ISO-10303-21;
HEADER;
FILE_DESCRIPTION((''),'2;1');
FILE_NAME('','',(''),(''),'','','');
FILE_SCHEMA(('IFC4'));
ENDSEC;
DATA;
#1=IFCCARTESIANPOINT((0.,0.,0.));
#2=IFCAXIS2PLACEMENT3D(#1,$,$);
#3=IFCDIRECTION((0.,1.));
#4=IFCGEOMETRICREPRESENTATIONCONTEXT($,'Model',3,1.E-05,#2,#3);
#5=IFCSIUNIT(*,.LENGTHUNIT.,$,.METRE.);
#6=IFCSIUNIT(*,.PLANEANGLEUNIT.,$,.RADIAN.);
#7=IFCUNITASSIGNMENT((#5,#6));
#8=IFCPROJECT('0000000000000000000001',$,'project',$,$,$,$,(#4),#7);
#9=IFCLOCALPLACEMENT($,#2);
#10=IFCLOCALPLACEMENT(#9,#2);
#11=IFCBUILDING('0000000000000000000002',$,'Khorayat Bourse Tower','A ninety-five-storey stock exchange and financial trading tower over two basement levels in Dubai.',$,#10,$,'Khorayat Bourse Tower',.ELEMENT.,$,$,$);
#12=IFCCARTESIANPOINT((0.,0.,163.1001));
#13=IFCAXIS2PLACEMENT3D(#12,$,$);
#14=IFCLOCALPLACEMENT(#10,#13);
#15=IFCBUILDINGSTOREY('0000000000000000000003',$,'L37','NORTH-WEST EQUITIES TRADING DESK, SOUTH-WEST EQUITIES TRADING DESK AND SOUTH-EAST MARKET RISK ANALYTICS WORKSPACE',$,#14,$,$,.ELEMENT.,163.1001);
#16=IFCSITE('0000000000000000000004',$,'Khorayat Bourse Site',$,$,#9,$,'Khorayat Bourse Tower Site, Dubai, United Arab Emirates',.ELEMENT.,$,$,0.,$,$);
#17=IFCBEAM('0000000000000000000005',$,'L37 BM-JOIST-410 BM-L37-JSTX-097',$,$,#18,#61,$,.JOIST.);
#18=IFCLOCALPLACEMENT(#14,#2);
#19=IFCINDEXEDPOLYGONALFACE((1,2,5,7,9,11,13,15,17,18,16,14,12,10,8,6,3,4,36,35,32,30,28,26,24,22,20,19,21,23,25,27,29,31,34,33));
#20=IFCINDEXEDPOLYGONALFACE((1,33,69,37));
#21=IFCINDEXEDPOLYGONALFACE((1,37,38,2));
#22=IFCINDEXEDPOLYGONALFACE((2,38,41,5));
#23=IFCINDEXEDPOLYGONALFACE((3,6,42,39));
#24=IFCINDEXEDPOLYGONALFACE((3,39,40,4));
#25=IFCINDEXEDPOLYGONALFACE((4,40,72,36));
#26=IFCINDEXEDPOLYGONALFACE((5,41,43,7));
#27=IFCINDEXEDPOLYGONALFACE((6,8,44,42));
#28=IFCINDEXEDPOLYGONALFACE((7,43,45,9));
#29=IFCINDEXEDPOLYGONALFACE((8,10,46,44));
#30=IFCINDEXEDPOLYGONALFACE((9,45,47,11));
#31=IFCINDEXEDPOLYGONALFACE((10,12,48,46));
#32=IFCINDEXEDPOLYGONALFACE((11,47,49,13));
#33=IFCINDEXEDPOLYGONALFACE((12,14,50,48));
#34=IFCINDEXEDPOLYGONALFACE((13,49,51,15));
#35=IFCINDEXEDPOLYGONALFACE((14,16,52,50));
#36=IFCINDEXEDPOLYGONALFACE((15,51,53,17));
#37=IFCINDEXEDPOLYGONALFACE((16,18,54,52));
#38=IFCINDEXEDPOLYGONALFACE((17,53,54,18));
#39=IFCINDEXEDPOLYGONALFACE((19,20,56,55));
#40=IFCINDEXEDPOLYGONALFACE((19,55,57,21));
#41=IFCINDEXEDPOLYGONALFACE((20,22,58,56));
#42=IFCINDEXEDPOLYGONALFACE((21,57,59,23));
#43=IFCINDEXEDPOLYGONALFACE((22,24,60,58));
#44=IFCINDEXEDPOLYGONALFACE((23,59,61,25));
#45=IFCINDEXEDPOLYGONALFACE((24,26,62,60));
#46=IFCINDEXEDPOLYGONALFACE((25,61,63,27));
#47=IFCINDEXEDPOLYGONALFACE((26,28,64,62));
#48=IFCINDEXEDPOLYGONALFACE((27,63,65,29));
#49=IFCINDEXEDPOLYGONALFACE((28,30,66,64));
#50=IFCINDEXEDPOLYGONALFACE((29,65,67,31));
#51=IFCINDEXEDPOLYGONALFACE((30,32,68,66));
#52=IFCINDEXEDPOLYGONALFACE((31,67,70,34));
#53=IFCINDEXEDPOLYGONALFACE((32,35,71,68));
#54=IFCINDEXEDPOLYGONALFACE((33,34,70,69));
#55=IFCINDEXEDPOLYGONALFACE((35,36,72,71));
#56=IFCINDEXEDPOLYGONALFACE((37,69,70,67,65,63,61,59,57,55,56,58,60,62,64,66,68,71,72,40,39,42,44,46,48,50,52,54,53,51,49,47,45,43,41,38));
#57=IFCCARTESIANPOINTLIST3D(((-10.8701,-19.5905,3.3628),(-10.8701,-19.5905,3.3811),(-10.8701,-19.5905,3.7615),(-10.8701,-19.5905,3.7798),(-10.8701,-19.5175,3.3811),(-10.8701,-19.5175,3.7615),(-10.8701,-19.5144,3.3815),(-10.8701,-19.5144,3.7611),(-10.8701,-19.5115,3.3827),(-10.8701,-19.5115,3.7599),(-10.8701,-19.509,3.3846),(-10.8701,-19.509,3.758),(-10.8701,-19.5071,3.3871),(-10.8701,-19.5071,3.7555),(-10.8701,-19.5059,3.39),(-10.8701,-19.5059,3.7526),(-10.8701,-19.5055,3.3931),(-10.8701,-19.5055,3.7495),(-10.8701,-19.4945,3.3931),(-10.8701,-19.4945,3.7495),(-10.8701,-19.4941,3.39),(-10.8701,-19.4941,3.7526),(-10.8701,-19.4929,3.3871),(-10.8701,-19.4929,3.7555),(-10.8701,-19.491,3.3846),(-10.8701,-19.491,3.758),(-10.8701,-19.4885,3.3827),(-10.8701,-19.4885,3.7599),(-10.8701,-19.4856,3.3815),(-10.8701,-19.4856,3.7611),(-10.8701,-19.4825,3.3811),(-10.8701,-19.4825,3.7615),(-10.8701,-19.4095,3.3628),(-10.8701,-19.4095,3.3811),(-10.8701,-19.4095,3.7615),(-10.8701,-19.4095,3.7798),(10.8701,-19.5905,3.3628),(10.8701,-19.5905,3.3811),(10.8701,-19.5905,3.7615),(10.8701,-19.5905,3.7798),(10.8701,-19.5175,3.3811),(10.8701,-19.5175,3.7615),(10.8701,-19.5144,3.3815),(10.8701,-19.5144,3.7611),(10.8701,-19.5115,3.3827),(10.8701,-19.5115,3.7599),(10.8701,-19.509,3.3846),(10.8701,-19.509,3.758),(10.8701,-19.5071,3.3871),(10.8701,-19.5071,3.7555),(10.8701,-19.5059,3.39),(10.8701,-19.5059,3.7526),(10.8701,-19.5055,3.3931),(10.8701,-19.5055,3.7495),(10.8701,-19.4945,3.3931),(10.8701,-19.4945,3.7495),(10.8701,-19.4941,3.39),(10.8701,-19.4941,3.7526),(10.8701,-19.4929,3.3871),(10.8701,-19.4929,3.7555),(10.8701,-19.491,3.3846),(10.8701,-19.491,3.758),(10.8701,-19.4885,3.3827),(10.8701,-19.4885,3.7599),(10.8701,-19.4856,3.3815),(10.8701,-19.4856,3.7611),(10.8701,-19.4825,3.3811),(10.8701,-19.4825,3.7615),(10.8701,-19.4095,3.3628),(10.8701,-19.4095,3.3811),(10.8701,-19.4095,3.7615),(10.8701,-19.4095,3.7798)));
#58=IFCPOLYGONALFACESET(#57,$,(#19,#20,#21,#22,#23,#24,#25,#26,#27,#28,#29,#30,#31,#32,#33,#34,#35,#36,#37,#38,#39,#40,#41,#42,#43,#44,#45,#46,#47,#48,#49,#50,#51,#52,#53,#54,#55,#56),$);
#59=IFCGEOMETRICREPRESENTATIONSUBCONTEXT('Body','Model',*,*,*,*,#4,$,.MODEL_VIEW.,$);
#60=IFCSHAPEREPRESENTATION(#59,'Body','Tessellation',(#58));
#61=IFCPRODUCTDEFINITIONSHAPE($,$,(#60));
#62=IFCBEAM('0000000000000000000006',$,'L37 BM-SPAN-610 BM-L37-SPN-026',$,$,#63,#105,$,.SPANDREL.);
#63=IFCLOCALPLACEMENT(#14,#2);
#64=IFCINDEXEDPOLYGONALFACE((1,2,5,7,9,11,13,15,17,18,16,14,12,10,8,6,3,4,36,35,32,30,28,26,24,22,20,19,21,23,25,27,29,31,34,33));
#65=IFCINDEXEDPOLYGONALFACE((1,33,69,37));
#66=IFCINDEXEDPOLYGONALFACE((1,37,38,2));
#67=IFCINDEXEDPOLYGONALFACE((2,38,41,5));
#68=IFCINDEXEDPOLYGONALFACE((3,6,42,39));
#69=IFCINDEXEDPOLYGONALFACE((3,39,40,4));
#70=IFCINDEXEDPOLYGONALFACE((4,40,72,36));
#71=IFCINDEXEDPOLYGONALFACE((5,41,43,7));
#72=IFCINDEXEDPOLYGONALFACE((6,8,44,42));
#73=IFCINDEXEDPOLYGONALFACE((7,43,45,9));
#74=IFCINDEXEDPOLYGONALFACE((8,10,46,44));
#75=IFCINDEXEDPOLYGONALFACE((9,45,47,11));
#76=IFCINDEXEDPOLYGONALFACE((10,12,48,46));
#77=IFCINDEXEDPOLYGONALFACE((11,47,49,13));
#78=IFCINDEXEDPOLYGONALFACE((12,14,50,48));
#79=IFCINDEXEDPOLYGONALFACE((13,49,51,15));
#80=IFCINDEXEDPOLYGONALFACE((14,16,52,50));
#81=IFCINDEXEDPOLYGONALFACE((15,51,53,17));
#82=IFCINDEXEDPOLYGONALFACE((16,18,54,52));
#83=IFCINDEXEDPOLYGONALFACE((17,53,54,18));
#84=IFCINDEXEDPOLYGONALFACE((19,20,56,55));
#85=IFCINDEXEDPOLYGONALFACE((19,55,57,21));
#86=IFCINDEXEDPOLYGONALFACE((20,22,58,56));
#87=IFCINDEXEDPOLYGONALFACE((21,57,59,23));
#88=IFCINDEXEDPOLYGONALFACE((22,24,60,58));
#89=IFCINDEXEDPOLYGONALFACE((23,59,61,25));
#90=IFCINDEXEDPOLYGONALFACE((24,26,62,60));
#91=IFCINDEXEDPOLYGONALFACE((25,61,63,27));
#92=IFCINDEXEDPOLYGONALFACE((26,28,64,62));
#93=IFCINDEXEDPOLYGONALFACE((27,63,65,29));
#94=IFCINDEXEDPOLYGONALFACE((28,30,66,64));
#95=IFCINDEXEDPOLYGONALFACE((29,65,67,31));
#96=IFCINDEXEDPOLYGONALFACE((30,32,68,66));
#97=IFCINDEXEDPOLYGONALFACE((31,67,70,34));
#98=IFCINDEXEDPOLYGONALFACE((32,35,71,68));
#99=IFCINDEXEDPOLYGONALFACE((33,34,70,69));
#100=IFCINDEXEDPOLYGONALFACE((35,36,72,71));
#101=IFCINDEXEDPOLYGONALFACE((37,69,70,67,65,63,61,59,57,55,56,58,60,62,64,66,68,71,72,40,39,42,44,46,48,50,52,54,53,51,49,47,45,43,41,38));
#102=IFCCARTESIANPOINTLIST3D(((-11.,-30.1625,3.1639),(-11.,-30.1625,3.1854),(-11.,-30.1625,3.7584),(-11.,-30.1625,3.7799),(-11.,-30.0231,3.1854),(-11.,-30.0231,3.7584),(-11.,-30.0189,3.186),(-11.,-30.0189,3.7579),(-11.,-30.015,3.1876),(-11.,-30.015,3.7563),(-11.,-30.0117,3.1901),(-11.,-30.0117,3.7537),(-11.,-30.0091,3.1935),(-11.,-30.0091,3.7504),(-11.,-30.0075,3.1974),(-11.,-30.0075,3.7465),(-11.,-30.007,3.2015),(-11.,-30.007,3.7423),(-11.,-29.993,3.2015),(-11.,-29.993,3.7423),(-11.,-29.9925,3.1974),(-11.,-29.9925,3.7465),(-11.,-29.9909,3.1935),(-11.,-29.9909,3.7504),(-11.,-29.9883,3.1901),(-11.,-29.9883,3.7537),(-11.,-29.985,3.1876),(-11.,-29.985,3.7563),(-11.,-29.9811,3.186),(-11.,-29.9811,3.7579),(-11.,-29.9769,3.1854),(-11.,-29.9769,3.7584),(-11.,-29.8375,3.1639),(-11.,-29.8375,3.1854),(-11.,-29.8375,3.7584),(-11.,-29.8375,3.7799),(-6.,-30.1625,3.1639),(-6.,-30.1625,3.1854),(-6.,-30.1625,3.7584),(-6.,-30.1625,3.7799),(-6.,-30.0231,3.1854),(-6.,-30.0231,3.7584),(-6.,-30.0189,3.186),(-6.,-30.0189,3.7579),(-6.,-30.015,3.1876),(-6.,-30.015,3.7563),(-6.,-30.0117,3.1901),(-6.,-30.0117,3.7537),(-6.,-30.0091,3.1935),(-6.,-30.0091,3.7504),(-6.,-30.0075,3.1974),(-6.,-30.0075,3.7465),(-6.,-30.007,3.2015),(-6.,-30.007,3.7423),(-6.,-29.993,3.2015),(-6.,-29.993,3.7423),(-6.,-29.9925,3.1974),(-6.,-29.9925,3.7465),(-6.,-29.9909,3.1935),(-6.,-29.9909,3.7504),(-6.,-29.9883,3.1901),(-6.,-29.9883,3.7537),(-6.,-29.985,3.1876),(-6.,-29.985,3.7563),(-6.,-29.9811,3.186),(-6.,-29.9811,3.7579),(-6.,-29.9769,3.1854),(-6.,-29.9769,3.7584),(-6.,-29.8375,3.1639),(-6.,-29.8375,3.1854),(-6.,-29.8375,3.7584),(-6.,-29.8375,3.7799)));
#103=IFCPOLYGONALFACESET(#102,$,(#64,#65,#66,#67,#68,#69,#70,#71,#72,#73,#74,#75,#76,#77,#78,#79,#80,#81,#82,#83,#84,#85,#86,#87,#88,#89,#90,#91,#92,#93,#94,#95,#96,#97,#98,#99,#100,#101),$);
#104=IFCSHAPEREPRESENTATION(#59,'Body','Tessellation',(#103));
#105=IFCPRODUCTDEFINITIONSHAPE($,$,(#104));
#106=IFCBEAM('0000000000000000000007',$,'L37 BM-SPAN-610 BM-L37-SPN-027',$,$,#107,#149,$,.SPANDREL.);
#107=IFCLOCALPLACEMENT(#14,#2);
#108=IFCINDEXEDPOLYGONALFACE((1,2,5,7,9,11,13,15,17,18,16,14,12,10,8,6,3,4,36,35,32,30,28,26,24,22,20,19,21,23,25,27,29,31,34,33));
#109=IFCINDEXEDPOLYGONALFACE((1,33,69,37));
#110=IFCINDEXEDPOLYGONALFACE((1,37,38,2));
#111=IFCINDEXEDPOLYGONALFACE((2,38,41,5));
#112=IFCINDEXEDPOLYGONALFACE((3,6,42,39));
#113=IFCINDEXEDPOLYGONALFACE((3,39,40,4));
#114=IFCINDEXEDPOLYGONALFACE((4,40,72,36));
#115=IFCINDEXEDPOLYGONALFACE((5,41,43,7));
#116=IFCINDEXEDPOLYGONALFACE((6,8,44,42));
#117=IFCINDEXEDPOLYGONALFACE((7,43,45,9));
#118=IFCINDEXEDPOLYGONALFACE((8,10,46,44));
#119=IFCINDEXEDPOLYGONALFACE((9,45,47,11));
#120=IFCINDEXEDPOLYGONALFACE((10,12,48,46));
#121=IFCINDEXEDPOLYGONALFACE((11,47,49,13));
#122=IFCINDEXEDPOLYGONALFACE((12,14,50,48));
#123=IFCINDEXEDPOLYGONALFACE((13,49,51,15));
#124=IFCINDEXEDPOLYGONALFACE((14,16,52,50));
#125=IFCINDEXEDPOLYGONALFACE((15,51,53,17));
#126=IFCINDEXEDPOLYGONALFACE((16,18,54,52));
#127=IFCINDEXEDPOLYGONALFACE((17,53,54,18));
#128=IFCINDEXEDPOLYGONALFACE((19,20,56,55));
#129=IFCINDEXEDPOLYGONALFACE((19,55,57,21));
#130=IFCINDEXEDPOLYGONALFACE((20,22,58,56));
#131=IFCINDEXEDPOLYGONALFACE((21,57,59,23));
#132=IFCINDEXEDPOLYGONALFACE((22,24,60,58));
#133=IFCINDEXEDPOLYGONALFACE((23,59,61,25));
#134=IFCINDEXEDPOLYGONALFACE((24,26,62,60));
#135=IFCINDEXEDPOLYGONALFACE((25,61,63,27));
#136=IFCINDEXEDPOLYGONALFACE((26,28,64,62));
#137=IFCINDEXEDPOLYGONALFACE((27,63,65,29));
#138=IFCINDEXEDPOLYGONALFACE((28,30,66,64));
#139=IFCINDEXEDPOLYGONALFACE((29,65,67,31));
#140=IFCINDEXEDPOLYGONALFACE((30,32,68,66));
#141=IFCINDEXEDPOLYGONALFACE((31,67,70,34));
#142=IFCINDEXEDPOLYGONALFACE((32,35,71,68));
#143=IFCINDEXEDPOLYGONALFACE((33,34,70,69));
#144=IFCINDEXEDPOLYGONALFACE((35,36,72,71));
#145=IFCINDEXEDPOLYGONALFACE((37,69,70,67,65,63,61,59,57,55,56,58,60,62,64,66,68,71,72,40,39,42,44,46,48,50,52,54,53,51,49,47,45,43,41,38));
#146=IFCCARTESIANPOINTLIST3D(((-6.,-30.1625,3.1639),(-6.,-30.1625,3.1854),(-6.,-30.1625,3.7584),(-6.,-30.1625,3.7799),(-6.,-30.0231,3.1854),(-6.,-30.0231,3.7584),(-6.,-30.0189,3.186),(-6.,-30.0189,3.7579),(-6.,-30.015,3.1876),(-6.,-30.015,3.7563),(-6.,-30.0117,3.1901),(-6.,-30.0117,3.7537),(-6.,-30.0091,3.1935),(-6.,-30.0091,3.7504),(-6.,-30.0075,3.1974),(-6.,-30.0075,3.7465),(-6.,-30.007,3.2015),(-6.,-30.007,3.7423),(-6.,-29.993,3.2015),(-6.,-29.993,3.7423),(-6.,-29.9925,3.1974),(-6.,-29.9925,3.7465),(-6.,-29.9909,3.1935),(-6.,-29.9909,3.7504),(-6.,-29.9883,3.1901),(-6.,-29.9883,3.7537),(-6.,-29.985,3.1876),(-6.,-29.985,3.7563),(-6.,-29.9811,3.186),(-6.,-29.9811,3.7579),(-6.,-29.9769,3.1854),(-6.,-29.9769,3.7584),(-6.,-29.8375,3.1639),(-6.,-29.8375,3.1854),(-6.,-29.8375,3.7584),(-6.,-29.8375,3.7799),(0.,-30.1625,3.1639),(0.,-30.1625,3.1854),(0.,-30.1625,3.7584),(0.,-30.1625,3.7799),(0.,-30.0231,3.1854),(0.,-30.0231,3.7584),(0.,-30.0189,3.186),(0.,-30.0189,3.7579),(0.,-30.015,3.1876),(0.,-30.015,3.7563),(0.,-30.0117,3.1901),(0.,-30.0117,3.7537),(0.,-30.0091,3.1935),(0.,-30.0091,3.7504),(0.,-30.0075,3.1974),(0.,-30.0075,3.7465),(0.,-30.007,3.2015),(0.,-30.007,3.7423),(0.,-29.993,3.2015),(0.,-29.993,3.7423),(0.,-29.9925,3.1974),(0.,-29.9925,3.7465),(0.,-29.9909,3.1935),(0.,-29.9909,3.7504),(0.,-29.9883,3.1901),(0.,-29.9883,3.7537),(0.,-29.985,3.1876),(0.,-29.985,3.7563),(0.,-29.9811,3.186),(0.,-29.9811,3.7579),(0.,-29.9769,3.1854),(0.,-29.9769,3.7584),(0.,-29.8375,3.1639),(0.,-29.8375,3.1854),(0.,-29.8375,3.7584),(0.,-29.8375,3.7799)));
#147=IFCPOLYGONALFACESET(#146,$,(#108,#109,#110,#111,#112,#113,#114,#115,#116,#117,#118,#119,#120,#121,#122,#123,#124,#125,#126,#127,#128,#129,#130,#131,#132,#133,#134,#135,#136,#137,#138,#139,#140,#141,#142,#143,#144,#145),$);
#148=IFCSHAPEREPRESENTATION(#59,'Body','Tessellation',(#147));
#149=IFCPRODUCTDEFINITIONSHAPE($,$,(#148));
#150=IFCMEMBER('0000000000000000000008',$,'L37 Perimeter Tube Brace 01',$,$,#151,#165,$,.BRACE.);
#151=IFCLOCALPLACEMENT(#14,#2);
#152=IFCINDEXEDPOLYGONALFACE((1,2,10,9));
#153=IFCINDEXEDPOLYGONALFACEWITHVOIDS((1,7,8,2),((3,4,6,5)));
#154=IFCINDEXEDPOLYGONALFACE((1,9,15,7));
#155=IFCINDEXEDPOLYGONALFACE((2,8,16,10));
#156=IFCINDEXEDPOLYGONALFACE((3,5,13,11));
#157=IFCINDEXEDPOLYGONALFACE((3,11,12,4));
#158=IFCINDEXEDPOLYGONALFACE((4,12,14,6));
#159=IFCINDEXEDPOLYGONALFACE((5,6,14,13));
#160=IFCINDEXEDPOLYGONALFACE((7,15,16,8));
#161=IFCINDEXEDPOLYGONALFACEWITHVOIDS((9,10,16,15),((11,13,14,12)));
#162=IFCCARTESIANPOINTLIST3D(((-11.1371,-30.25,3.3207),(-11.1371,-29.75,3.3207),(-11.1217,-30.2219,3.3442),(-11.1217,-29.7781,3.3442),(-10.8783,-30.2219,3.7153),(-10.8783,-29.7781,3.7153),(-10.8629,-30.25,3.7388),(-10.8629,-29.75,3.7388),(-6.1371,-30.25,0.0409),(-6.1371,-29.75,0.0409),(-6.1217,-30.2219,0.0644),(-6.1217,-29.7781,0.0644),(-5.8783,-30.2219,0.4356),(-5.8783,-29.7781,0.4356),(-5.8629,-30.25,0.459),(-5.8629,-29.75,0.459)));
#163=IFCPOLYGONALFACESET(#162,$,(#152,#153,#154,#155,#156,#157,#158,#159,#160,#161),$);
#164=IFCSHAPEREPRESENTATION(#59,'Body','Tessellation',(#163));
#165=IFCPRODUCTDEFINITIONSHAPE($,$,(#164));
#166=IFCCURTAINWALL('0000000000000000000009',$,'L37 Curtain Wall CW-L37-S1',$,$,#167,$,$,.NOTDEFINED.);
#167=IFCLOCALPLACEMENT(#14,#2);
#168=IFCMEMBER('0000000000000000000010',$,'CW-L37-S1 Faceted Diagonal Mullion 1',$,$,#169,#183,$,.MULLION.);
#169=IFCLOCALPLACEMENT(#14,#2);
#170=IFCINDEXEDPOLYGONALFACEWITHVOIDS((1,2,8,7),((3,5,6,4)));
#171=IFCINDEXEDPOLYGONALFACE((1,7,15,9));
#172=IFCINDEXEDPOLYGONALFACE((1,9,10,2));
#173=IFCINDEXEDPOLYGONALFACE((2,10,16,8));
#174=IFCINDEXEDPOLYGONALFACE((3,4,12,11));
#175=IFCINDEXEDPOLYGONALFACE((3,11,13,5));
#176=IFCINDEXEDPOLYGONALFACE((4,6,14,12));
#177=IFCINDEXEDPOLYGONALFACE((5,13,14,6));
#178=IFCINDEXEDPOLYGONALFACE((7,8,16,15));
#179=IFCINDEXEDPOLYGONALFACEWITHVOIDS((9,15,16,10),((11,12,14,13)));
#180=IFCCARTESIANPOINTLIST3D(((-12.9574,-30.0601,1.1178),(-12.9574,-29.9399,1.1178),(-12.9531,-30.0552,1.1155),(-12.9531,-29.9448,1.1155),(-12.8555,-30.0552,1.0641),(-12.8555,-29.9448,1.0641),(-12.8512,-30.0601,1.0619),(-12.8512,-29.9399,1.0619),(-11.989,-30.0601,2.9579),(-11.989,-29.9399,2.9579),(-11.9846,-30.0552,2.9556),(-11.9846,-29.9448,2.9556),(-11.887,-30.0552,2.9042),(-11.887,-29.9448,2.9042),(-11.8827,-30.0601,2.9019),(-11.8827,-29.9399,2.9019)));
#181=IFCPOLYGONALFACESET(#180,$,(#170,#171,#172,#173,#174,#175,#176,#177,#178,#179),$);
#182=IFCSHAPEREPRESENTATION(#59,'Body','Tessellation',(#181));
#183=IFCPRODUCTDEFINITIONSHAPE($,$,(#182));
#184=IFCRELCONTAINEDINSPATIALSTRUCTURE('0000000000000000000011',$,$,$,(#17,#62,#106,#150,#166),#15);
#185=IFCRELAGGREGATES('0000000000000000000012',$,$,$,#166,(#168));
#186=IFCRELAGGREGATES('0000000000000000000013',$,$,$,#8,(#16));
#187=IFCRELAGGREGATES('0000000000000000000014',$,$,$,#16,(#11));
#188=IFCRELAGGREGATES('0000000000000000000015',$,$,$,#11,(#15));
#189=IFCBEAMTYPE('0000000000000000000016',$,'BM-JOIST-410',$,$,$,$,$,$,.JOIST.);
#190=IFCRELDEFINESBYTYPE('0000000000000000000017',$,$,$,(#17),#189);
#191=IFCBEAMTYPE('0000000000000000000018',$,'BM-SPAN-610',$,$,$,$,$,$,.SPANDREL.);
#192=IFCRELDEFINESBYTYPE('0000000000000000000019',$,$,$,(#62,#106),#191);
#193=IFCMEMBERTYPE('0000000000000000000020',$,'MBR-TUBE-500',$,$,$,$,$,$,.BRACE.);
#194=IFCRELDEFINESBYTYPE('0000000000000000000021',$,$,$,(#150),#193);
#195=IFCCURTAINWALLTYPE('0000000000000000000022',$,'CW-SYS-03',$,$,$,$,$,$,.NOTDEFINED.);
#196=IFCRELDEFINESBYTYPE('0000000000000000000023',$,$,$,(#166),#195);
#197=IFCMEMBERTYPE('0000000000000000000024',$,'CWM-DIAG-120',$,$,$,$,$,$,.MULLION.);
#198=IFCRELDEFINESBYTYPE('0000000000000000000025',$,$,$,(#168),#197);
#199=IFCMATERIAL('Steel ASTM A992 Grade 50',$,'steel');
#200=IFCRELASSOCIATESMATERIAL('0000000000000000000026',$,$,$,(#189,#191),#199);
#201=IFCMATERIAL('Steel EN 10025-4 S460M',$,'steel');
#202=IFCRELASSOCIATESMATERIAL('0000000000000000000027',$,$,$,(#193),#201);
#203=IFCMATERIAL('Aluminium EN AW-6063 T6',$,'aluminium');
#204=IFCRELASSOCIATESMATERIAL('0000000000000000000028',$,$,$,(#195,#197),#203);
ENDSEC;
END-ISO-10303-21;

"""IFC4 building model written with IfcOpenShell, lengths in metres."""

from ifc_helpers import new_model, si_unit, direction, frame, origin, origin_2d, place, context, subcontext, project, spatial, hollow_rectangle, i_section, extrude, source, transform, mapped, material, material_profile, profile_set, type_object, element, aggregate, save


model = new_model("IFC4")

# Units and contexts
model_context = context("Model", 3, precision=1e-05, world=origin(), true_north=direction((0.0, 1.0)))
body_context = subcontext(model_context, "Body", "Model", "MODEL_VIEW")
ifc_project = project(units=[si_unit("LENGTHUNIT", "METRE"), si_unit("PLANEANGLEUNIT", "RADIAN")], contexts=[model_context])

# Site, building, storey
site_placement = place(None, origin())
site = spatial("IfcSite", under=ifc_project, at=site_placement, Name="Khorayat Bourse Site", LongName="Khorayat Bourse Tower Site, Dubai, United Arab Emirates", CompositionType="ELEMENT", RefElevation=0.0)
building_placement = place(site_placement, origin())
building = spatial("IfcBuilding", under=site, at=building_placement, Name="Khorayat Bourse Tower", Description="A ninety-five-storey stock exchange and financial trading tower over two basement levels in Dubai.", LongName="Khorayat Bourse Tower", CompositionType="ELEMENT")
storey_placement = place(building_placement, frame((0.0, 0.0, 163.1001)))
storey = spatial("IfcBuildingStorey", under=building, at=storey_placement, Name="L37", Description="NORTH-WEST EQUITIES TRADING DESK, SOUTH-WEST EQUITIES TRADING DESK AND SOUTH-EAST MARKET RISK ANALYTICS WORKSPACE", CompositionType="ELEMENT", Elevation=163.1001)

# Shared definitions
ifc_material_1 = material(Name="Steel EN 10025-4 S460M", Category="steel")

# Beams
ifc_material_2 = material(Name="Steel ASTM A992 Grade 50", Category="steel")
ifc_material_profile_1 = material_profile(ifc_material_2, i_section(OverallWidth=0.1809, OverallDepth=0.417, WebThickness=0.011, FlangeThickness=0.0183, FilletRadius=0.012, at=origin_2d()), Name="W410X85")
ifc_profile_set_1 = profile_set([ifc_material_profile_1], Name="Steel ASTM A992 Grade 50")
beam_type_1 = type_object("IfcBeamType", Name="BM-JOIST-410", PredefinedType="JOIST", material=ifc_profile_set_1)
shared_shape_1 = source(origin(), body_context, "Body", "SweptSolid", [
    extrude(i_section(OverallWidth=0.1809, OverallDepth=0.417, WebThickness=0.011, FlangeThickness=0.0183, FilletRadius=0.012, at=origin_2d()), origin(), (0.0, 0.0, 1.0), 21.7402),
])
beam_1_placement = place(storey_placement, frame((-10.8701, -19.5, 3.5713), z_axis=(1.0, 0.0, 0.0), x_axis=(0.0, 1.0, 0.0)))
element("IfcBeam", 1, at=beam_1_placement, inside=storey, type_object=beam_type_1, Name="L37 BM-JOIST-410 BM-L37-JSTX-097", PredefinedType="JOIST", context=body_context, shape_type="MappedRepresentation", body=[
    mapped(shared_shape_1, transform((0.0, 0.0, 0.0), scale=1.0)),
])
ifc_material_profile_2 = material_profile(ifc_material_2, i_section(OverallWidth=0.325, OverallDepth=0.616, WebThickness=0.0139, FlangeThickness=0.0215, FilletRadius=0.0161, at=origin_2d()), Name="W610X174")
ifc_profile_set_2 = profile_set([ifc_material_profile_2], Name="Steel ASTM A992 Grade 50")
beam_type_2 = type_object("IfcBeamType", Name="BM-SPAN-610", PredefinedType="SPANDREL", material=ifc_profile_set_2)
shared_shape_2 = source(origin(), body_context, "Body", "SweptSolid", [
    extrude(i_section(OverallWidth=0.325, OverallDepth=0.616, WebThickness=0.0139, FlangeThickness=0.0215, FilletRadius=0.0161, at=origin_2d()), origin(), (0.0, 0.0, 1.0), 5.0),
])
beam_2_placement = place(storey_placement, frame((-11.0, -30.0, 3.4719), z_axis=(1.0, 0.0, 0.0), x_axis=(0.0, 1.0, 0.0)))
element("IfcBeam", 2, at=beam_2_placement, inside=storey, type_object=beam_type_2, Name="L37 BM-SPAN-610 BM-L37-SPN-026", PredefinedType="SPANDREL", context=body_context, shape_type="MappedRepresentation", body=[
    mapped(shared_shape_2, transform((0.0, 0.0, 0.0), scale=1.0)),
])
shared_shape_3 = source(origin(), body_context, "Body", "SweptSolid", [
    extrude(i_section(OverallWidth=0.325, OverallDepth=0.616, WebThickness=0.0139, FlangeThickness=0.0215, FilletRadius=0.0161, at=origin_2d()), origin(), (0.0, 0.0, 1.0), 6.0),
])
beam_3_placement = place(storey_placement, frame((-6.0, -30.0, 3.4719), z_axis=(1.0, 0.0, 0.0), x_axis=(0.0, 1.0, 0.0)))
element("IfcBeam", 3, at=beam_3_placement, inside=storey, type_object=beam_type_2, Name="L37 BM-SPAN-610 BM-L37-SPN-027", PredefinedType="SPANDREL", context=body_context, shape_type="MappedRepresentation", body=[
    mapped(shared_shape_3, transform((0.0, 0.0, 0.0), scale=1.0)),
])

# Member
ifc_material_profile_3 = material_profile(ifc_material_1, hollow_rectangle(XDim=0.5, YDim=0.5, WallThickness=0.0281, at=origin_2d()), Name="HSS 500x500x28")
ifc_profile_set_3 = profile_set([ifc_material_profile_3], Name="Steel EN 10025-4 S460M")
member_type_1 = type_object("IfcMemberType", Name="MBR-TUBE-500", PredefinedType="BRACE", material=ifc_profile_set_3)
shared_shape_4 = source(origin(), body_context, "Body", "SweptSolid", [
    extrude(hollow_rectangle(XDim=0.5, YDim=0.5, WallThickness=0.0281, at=origin_2d()), origin(), (0.0, 0.0, 1.0), 5.9797),
])
member_1_placement = place(storey_placement, frame((-11.0, -30.0, 3.5298), z_axis=(0.83616, 0.0, -0.548485), x_axis=(0.0, 1.0, 0.0)))
element("IfcMember", 4, at=member_1_placement, inside=storey, type_object=member_type_1, Name="L37 Perimeter Tube Brace 01", PredefinedType="BRACE", context=body_context, shape_type="MappedRepresentation", body=[
    mapped(shared_shape_4, transform((0.0, 0.0, 0.0), scale=1.0)),
])

# Curtain wall, member
ifc_material_3 = material(Name="Aluminium EN AW-6063 T6", Category="aluminium")
curtain_wall_type = type_object("IfcCurtainWallType", Name="CW-SYS-03", PredefinedType="NOTDEFINED", material=ifc_material_3)
curtain_wall_placement = place(storey_placement, origin())
curtain_wall = element("IfcCurtainWall", 5, at=curtain_wall_placement, inside=storey, type_object=curtain_wall_type, Name="L37 Curtain Wall CW-L37-S1", PredefinedType="NOTDEFINED")
ifc_material_profile_4 = material_profile(ifc_material_3, hollow_rectangle(XDim=0.1201, YDim=0.1201, WallThickness=0.0049, at=origin_2d()), Name="ALU 120x120x5")
ifc_profile_set_4 = profile_set([ifc_material_profile_4], Name="Aluminium EN AW-6063 T6")
member_type_2 = type_object("IfcMemberType", Name="CWM-DIAG-120", PredefinedType="MULLION", material=ifc_profile_set_4)
shared_shape_5 = source(origin(), body_context, "Body", "SweptSolid", [
    extrude(hollow_rectangle(XDim=0.1201, YDim=0.1201, WallThickness=0.0049, at=origin_2d()), origin(), (0.0, 0.0, 1.0), 2.0793),
])
member_2_placement = place(storey_placement, frame((-12.9043, -30.0, 1.0898), z_axis=(0.465761, 0.0, 0.884911), x_axis=(0.0, 1.0, 0.0)))
member_2 = element("IfcMember", 6, at=member_2_placement, type_object=member_type_2, Name="CW-L37-S1 Faceted Diagonal Mullion 1", PredefinedType="MULLION", context=body_context, shape_type="MappedRepresentation", body=[
    mapped(shared_shape_5, transform((0.0, 0.0, 0.0), scale=1.0)),
])

aggregate(curtain_wall, [member_2])

save(model, "model.ifc")
